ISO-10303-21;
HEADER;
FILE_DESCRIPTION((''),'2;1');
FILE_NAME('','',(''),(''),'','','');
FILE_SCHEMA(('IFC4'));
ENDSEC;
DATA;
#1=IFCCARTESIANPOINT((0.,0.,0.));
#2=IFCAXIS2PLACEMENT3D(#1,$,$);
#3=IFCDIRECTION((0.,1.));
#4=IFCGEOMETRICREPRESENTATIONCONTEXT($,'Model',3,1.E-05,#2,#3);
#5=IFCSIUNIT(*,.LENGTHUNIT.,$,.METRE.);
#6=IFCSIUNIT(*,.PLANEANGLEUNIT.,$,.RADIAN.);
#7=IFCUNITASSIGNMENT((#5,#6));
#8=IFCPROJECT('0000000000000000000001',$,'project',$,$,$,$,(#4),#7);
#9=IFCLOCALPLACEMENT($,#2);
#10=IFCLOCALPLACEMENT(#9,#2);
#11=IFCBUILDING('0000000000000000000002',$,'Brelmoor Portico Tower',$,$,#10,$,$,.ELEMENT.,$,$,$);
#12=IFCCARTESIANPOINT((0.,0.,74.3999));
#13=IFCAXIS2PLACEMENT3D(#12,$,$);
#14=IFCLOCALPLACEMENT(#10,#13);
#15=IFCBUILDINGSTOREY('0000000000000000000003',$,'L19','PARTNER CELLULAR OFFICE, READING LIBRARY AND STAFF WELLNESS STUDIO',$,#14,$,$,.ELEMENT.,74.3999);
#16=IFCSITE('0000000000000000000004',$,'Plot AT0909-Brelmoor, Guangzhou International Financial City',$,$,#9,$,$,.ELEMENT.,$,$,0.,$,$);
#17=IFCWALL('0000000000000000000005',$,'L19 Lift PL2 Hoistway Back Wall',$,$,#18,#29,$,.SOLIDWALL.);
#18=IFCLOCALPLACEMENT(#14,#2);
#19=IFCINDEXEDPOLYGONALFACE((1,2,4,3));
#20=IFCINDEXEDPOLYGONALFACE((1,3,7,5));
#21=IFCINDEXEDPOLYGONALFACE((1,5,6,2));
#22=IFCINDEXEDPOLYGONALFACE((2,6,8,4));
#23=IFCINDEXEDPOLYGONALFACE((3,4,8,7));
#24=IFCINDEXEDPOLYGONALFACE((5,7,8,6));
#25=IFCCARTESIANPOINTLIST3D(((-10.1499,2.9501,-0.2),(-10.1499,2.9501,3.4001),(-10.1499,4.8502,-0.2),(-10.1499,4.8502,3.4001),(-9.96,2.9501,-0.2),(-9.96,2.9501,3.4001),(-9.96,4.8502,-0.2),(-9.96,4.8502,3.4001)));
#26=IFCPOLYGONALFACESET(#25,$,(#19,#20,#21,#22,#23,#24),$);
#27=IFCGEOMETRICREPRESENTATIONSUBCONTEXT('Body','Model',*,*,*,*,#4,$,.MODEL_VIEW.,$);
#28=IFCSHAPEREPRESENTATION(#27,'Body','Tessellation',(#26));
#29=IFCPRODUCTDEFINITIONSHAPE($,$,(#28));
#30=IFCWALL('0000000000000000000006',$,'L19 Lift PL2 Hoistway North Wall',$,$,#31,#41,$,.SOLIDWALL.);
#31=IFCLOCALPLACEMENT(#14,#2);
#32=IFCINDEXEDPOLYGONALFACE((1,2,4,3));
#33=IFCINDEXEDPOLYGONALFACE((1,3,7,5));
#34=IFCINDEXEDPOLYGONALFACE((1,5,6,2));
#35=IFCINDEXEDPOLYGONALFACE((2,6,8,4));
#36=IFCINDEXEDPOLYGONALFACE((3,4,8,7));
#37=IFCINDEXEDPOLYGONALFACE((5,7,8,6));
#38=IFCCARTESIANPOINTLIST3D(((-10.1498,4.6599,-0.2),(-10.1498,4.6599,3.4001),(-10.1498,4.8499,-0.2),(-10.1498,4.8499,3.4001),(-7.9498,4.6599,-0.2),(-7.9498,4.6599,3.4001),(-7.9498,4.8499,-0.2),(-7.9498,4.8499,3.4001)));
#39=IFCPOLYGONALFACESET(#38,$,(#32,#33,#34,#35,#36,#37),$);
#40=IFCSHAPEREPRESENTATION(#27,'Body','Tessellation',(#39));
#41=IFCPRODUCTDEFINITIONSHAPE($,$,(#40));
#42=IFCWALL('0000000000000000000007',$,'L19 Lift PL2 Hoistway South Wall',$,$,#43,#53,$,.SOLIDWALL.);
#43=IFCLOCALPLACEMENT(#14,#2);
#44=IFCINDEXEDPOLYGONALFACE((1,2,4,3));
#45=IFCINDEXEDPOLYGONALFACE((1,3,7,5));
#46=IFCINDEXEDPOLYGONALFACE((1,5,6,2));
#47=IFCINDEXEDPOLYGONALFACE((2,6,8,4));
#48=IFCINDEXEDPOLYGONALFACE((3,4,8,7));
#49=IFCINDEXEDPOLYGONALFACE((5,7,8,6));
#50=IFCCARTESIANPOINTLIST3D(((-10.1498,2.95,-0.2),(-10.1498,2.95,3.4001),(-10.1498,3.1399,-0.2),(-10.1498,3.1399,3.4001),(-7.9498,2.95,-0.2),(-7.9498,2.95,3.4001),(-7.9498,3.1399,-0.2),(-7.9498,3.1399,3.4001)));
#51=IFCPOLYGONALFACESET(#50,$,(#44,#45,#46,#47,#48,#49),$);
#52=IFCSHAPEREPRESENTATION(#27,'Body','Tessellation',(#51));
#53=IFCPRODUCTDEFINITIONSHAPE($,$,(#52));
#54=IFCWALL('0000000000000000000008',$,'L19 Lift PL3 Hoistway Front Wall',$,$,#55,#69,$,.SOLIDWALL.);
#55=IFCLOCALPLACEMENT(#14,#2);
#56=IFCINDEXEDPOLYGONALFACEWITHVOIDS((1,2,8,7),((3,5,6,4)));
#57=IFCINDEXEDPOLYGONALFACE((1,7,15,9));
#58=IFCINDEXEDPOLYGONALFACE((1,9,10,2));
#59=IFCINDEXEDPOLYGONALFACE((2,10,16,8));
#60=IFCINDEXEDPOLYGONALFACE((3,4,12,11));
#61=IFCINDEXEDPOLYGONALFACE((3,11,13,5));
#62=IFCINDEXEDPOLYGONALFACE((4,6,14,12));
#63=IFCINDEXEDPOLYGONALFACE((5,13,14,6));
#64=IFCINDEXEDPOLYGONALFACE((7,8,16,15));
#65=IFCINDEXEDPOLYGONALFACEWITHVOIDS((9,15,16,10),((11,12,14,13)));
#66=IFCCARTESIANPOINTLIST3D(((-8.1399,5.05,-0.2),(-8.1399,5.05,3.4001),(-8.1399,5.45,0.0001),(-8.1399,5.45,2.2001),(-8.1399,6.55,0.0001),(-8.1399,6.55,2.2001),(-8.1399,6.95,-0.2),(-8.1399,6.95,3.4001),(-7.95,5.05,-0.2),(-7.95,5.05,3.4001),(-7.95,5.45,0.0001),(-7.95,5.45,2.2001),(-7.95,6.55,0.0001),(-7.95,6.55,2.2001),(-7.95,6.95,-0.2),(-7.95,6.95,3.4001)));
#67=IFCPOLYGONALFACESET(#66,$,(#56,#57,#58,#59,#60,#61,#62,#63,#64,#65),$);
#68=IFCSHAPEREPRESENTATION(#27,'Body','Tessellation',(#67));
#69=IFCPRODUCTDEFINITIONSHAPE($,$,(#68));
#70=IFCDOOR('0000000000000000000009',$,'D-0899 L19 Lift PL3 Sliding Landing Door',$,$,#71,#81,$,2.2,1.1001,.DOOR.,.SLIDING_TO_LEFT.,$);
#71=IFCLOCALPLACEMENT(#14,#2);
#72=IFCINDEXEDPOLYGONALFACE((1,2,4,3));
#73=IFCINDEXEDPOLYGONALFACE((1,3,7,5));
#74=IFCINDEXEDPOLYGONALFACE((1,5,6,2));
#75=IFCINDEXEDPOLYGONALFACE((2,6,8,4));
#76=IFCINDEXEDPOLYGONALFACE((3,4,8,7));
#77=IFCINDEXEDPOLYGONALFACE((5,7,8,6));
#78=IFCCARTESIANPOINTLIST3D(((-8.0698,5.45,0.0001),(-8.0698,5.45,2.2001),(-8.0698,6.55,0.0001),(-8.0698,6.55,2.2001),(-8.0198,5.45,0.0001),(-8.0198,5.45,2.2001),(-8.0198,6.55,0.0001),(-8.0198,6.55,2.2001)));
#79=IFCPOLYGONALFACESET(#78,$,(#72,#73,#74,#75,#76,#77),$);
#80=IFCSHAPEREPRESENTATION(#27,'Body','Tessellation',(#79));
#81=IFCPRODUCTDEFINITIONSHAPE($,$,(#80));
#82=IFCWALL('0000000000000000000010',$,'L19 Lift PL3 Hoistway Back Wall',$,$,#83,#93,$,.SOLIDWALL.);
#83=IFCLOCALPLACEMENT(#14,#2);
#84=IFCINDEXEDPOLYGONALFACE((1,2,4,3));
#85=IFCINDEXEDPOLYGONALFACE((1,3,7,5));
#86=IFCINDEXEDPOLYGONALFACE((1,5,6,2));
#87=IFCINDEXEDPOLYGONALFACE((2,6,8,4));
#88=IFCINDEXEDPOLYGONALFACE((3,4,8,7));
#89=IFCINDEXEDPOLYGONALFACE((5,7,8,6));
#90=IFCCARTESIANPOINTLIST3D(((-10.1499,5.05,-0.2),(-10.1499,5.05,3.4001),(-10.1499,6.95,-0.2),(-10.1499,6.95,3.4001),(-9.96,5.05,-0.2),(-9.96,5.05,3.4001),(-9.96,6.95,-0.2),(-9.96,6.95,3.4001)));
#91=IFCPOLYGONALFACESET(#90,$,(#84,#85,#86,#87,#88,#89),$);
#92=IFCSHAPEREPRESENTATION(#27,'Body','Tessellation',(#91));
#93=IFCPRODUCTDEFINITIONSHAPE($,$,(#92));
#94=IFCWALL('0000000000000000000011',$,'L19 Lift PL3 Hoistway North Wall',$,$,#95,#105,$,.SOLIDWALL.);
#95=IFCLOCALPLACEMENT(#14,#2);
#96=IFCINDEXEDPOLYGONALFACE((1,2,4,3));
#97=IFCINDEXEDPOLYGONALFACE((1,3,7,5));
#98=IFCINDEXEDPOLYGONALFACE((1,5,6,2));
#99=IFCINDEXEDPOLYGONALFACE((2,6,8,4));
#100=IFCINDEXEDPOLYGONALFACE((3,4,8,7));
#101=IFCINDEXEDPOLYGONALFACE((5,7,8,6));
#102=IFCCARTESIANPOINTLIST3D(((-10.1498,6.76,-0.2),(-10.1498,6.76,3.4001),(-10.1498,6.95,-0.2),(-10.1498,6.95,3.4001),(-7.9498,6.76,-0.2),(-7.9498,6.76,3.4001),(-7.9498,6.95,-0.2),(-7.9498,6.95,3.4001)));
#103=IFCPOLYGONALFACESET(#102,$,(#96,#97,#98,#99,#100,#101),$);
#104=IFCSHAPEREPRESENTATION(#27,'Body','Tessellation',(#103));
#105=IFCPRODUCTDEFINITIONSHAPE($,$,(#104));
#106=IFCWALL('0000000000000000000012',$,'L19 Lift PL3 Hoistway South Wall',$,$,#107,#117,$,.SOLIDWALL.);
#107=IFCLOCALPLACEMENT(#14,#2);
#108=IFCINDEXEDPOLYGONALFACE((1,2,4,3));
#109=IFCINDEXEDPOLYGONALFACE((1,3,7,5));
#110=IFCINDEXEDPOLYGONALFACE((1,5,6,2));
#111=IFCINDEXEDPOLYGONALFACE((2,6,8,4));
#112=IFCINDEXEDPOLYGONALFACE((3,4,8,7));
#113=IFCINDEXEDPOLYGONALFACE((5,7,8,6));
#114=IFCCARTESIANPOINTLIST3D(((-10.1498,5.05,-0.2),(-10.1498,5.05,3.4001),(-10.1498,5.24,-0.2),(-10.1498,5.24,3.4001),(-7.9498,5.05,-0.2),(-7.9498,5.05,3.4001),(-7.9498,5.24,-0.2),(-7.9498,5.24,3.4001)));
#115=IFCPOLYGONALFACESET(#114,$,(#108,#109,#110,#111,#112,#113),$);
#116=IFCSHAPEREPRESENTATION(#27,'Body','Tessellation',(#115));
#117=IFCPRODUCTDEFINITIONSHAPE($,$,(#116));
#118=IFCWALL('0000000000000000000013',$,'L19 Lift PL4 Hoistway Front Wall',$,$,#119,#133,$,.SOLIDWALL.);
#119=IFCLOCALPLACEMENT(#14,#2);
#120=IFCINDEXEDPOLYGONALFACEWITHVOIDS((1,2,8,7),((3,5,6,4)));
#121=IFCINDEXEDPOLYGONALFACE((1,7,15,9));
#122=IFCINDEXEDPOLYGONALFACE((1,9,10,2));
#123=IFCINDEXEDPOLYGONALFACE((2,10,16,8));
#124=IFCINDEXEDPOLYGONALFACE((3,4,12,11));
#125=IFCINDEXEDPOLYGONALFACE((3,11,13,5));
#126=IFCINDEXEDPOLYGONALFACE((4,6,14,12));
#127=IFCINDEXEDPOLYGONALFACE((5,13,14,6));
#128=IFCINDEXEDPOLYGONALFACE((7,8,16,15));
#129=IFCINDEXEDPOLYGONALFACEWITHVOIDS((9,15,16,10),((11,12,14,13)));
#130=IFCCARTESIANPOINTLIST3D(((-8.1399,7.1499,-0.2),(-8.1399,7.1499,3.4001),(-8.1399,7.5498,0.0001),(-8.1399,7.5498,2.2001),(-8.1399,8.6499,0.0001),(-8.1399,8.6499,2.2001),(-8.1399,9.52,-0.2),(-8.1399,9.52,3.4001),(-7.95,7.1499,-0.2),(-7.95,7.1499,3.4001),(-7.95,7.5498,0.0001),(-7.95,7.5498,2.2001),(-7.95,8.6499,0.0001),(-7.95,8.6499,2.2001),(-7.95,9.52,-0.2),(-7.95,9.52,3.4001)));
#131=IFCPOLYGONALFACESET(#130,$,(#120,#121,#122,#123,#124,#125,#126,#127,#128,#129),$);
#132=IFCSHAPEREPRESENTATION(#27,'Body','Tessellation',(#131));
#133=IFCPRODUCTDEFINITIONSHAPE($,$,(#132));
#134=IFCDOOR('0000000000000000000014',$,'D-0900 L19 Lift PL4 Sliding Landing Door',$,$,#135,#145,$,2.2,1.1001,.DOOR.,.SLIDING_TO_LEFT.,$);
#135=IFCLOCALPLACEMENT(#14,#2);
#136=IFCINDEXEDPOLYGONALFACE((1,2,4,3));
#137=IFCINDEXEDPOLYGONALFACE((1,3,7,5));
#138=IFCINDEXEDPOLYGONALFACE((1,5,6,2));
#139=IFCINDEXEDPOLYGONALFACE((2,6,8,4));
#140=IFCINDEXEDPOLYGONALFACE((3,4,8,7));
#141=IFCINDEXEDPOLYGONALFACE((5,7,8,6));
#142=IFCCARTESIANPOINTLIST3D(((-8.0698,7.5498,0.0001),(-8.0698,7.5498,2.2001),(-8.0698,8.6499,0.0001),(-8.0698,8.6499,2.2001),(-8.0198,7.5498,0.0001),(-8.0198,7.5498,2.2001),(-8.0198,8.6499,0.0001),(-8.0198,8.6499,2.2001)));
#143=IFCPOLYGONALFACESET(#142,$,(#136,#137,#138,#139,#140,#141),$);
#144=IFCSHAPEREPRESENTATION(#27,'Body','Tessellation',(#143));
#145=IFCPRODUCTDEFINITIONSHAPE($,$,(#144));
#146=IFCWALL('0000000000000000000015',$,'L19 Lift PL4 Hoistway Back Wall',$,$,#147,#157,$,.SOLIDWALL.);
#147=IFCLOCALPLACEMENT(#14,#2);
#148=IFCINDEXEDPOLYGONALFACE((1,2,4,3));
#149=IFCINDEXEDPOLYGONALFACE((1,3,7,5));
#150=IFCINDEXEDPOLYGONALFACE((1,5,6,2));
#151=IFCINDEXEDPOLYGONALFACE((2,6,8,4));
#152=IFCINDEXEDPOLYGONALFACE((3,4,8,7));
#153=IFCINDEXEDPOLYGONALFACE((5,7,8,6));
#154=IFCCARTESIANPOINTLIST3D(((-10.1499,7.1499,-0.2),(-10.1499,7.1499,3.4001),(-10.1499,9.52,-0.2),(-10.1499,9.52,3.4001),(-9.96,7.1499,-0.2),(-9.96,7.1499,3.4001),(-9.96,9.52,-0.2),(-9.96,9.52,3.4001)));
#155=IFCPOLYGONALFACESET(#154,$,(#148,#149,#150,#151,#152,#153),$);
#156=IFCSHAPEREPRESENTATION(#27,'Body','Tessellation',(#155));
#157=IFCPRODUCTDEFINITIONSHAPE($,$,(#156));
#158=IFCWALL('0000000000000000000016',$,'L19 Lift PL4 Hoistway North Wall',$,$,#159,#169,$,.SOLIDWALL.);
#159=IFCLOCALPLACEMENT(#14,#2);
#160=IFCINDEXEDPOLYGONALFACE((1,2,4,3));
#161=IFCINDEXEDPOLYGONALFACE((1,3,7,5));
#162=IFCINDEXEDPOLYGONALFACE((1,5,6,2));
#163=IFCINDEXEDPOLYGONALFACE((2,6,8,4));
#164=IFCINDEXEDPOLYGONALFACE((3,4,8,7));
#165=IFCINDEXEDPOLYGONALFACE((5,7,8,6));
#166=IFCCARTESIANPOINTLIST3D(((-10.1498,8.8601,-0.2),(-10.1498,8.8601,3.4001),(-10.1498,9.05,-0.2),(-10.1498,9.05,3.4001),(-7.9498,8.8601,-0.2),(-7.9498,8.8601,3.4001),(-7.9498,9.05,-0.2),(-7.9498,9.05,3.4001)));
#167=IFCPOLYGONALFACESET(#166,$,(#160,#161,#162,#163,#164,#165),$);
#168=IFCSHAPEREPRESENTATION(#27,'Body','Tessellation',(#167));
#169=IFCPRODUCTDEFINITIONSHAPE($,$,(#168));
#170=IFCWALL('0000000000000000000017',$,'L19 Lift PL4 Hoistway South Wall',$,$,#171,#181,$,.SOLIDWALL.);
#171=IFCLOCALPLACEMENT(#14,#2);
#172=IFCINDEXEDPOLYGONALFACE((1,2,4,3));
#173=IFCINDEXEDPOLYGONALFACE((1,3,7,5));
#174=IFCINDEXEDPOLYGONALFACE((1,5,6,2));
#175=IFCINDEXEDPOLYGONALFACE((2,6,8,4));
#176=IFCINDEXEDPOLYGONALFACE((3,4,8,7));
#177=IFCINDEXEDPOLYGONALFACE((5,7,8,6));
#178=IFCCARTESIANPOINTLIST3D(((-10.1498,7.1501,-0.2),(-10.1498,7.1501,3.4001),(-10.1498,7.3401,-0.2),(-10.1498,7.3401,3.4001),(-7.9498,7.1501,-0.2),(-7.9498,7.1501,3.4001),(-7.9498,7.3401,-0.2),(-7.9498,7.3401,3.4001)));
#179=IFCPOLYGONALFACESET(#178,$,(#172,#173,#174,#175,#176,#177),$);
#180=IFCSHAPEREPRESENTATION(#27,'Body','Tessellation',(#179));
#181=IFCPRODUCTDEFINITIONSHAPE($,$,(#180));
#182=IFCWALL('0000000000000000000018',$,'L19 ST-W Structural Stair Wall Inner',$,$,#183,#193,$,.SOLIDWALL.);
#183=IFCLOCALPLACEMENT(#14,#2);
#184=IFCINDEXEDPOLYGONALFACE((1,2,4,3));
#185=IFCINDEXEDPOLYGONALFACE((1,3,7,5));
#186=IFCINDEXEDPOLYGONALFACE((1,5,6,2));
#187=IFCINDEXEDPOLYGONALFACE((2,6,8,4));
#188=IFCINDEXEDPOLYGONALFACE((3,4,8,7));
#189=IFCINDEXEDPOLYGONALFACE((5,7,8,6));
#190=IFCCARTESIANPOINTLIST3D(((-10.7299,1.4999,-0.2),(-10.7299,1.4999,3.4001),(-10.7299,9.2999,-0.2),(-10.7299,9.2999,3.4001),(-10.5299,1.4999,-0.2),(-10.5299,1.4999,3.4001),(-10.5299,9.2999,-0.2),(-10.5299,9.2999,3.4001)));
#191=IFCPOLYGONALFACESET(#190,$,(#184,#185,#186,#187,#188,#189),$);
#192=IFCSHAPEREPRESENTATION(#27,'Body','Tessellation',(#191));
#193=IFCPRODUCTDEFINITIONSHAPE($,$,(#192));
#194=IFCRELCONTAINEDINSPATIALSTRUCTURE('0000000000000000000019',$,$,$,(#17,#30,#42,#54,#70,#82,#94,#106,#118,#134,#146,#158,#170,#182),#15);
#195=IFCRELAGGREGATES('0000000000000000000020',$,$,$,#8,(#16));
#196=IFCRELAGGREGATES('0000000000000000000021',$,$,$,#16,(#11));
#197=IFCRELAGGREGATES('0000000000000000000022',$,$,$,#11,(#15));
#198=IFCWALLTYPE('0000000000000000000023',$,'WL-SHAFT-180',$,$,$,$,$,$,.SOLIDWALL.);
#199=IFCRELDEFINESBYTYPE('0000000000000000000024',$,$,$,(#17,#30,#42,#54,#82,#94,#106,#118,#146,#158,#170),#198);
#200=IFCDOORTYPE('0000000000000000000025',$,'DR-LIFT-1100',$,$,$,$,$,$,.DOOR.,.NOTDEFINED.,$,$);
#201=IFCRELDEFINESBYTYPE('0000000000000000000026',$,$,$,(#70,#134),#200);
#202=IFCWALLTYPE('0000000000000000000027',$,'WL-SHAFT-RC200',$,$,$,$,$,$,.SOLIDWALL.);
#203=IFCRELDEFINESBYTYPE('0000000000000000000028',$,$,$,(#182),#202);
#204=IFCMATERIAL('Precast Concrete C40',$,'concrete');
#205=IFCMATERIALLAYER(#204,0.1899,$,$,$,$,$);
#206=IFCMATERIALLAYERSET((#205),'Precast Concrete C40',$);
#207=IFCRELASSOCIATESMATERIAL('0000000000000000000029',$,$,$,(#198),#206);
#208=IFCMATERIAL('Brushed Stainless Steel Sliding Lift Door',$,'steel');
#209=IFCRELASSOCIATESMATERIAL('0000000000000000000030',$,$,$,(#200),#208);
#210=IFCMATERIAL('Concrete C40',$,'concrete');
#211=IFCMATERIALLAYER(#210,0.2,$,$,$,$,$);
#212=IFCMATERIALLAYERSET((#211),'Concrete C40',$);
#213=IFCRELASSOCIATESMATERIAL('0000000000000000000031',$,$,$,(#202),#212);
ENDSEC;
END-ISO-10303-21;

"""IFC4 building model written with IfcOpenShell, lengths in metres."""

from ifc_helpers import new_model, si_unit, direction, frame, frame_2d, origin, place, context, subcontext, project, spatial, rectangle, extrude, material, layer, layer_set, type_object, element, fill, save


model = new_model("IFC4")

# Units and contexts
model_context = context("Model", 3, precision=1e-05, world=origin(), true_north=direction((0.0, 1.0)))
body_context = subcontext(model_context, "Body", "Model", "MODEL_VIEW")
ifc_project = project(units=[si_unit("LENGTHUNIT", "METRE"), si_unit("PLANEANGLEUNIT", "RADIAN")], contexts=[model_context])

# Site, building, storey
site_placement = place(None, origin())
site = spatial("IfcSite", under=ifc_project, at=site_placement, Name="Plot AT0909-Brelmoor, Guangzhou International Financial City", CompositionType="ELEMENT", RefElevation=0.0)
building_placement = place(site_placement, origin())
building = spatial("IfcBuilding", under=site, at=building_placement, Name="Brelmoor Portico Tower", CompositionType="ELEMENT")
storey_placement = place(building_placement, frame((0.0, 0.0, 74.3999)))
storey = spatial("IfcBuildingStorey", under=building, at=storey_placement, Name="L19", Description="PARTNER CELLULAR OFFICE, READING LIBRARY AND STAFF WELLNESS STUDIO", CompositionType="ELEMENT", Elevation=74.3999)

# Shared definitions
ifc_material_1 = material(Name="Precast Concrete C40", Category="concrete")
ifc_layer_1 = layer(ifc_material_1, 0.1899)
ifc_layer_set_1 = layer_set([ifc_layer_1], Name="Precast Concrete C40")
wall_type_1 = type_object("IfcWallType", Name="WL-SHAFT-180", PredefinedType="SOLIDWALL", material=ifc_layer_set_1)
ifc_material_2 = material(Name="Brushed Stainless Steel Sliding Lift Door", Category="steel")
door_type_1 = type_object("IfcDoorType", Name="DR-LIFT-1100", OperationType="NOTDEFINED", PredefinedType="DOOR", material=ifc_material_2)

# Walls
wall_1_placement = place(storey_placement, frame((-10.0549, 2.95, -0.2), z_axis=(0.0, 0.0, 1.0), x_axis=(0.0, 1.0, 0.0)))
element("IfcWall", 1, at=wall_1_placement, inside=storey, type_object=wall_type_1, Name="L19 Lift PL2 Hoistway Back Wall", PredefinedType="SOLIDWALL", context=body_context, shape_type="SweptSolid", body=[
    extrude(rectangle(XDim=1.9001, YDim=0.1899, at=frame_2d((0.9502, 0.0))), origin(), (0.0, 0.0, 1.0), 3.6001),
])
for number, where, z_axis, x_axis, name in (
    (2, (-10.1499, 4.7549, -0.2), (0.0, 0.0, 1.0), (1.0, 0.0, 0.0), "L19 Lift PL2 Hoistway North Wall"),
    (3, (-10.1499, 3.0449, -0.2), (0.0, 0.0, 1.0), (1.0, 0.0, 0.0), "L19 Lift PL2 Hoistway South Wall"),
):
    element("IfcWall", number, at=place(storey_placement, frame(where, z_axis=z_axis, x_axis=x_axis)), inside=storey, type_object=wall_type_1, Name=name, PredefinedType="SOLIDWALL", context=body_context, shape_type="SweptSolid", body=[
        extrude(rectangle(XDim=2.2, YDim=0.1899, at=frame_2d((1.1001, 0.0))), origin(), (0.0, 0.0, 1.0), 3.6001),
    ])

# Wall, opening, door
wall_2_placement = place(storey_placement, frame((-8.0449, 5.05, -0.2), z_axis=(0.0, 0.0, 1.0), x_axis=(0.0, 1.0, 0.0)))
wall_2 = element("IfcWall", 4, at=wall_2_placement, inside=storey, type_object=wall_type_1, Name="L19 Lift PL3 Hoistway Front Wall", PredefinedType="SOLIDWALL", context=body_context, shape_type="SweptSolid", body=[
    extrude(rectangle(XDim=1.8999, YDim=0.1899, at=frame_2d((0.95, 0.0))), origin(), (0.0, 0.0, 1.0), 3.6001),
])
opening_1_placement = place(wall_2_placement, frame((0.3999, 0.0, 0.2)))
opening_1 = element("IfcOpeningElement", 5, at=opening_1_placement, cuts=wall_2, PredefinedType="OPENING", context=body_context, shape_type="SweptSolid", body=[
    extrude(rectangle(XDim=1.1001, YDim=2.2, at=frame_2d((0.55, 1.1001))), frame((0.0, 0.105, 0.0), z_axis=(0.0, -1.0, 0.0), x_axis=(1.0, 0.0, 0.0)), (0.0, 0.0, 1.0), 0.21),
])
door_1_placement = place(opening_1_placement, origin())
door_1 = element("IfcDoor", 6, at=door_1_placement, inside=storey, type_object=door_type_1, Name="D-0899 L19 Lift PL3 Sliding Landing Door", OperationType="SLIDING_TO_LEFT", OverallHeight=2.2, OverallWidth=1.1001, PredefinedType="DOOR", context=body_context, shape_type="SweptSolid", body=[
    extrude(rectangle(XDim=1.1001, YDim=2.2, at=frame_2d((0.55, 1.1001))), frame((0.0, 0.0249, 0.0), z_axis=(0.0, -1.0, 0.0), x_axis=(1.0, 0.0, 0.0)), (0.0, 0.0, 1.0), 0.05),
])
fill(opening_1, door_1)

# Walls
wall_3_placement = place(storey_placement, frame((-10.0549, 5.05, -0.2), z_axis=(0.0, 0.0, 1.0), x_axis=(0.0, 1.0, 0.0)))
element("IfcWall", 7, at=wall_3_placement, inside=storey, type_object=wall_type_1, Name="L19 Lift PL3 Hoistway Back Wall", PredefinedType="SOLIDWALL", context=body_context, shape_type="SweptSolid", body=[
    extrude(rectangle(XDim=1.8999, YDim=0.1899, at=frame_2d((0.95, 0.0))), origin(), (0.0, 0.0, 1.0), 3.6001),
])
for number, where, z_axis, x_axis, name in (
    (8, (-10.1499, 6.855, -0.2), (0.0, 0.0, 1.0), (1.0, 0.0, 0.0), "L19 Lift PL3 Hoistway North Wall"),
    (9, (-10.1499, 5.145, -0.2), (0.0, 0.0, 1.0), (1.0, 0.0, 0.0), "L19 Lift PL3 Hoistway South Wall"),
):
    element("IfcWall", number, at=place(storey_placement, frame(where, z_axis=z_axis, x_axis=x_axis)), inside=storey, type_object=wall_type_1, Name=name, PredefinedType="SOLIDWALL", context=body_context, shape_type="SweptSolid", body=[
        extrude(rectangle(XDim=2.2, YDim=0.1899, at=frame_2d((1.1001, 0.0))), origin(), (0.0, 0.0, 1.0), 3.6001),
    ])

# Wall, opening, door
wall_4_placement = place(storey_placement, frame((-8.0449, 7.1499, -0.2), z_axis=(0.0, 0.0, 1.0), x_axis=(0.0, 1.0, 0.0)))
wall_4 = element("IfcWall", 10, at=wall_4_placement, inside=storey, type_object=wall_type_1, Name="L19 Lift PL4 Hoistway Front Wall", PredefinedType="SOLIDWALL", context=body_context, shape_type="SweptSolid", body=[
    extrude(rectangle(XDim=2.3701, YDim=0.1899, at=frame_2d((1.1851, 0.0))), origin(), (0.0, 0.0, 1.0), 3.6001),
])
opening_2_placement = place(wall_4_placement, frame((0.3999, 0.0, 0.2)))
opening_2 = element("IfcOpeningElement", 11, at=opening_2_placement, cuts=wall_4, PredefinedType="OPENING", context=body_context, shape_type="SweptSolid", body=[
    extrude(rectangle(XDim=1.1001, YDim=2.2, at=frame_2d((0.55, 1.1001))), frame((0.0, 0.105, 0.0), z_axis=(0.0, -1.0, 0.0), x_axis=(1.0, 0.0, 0.0)), (0.0, 0.0, 1.0), 0.21),
])
door_2_placement = place(opening_2_placement, origin())
door_2 = element("IfcDoor", 12, at=door_2_placement, inside=storey, type_object=door_type_1, Name="D-0900 L19 Lift PL4 Sliding Landing Door", OperationType="SLIDING_TO_LEFT", OverallHeight=2.2, OverallWidth=1.1001, PredefinedType="DOOR", context=body_context, shape_type="SweptSolid", body=[
    extrude(rectangle(XDim=1.1001, YDim=2.2, at=frame_2d((0.55, 1.1001))), frame((0.0, 0.0249, 0.0), z_axis=(0.0, -1.0, 0.0), x_axis=(1.0, 0.0, 0.0)), (0.0, 0.0, 1.0), 0.05),
])
fill(opening_2, door_2)

# Walls
wall_5_placement = place(storey_placement, frame((-10.0549, 7.1499, -0.2), z_axis=(0.0, 0.0, 1.0), x_axis=(0.0, 1.0, 0.0)))
element("IfcWall", 13, at=wall_5_placement, inside=storey, type_object=wall_type_1, Name="L19 Lift PL4 Hoistway Back Wall", PredefinedType="SOLIDWALL", context=body_context, shape_type="SweptSolid", body=[
    extrude(rectangle(XDim=2.3701, YDim=0.1899, at=frame_2d((1.1851, 0.0))), origin(), (0.0, 0.0, 1.0), 3.6001),
])
for number, where, z_axis, x_axis, name in (
    (14, (-10.1499, 8.9551, -0.2), (0.0, 0.0, 1.0), (1.0, 0.0, 0.0), "L19 Lift PL4 Hoistway North Wall"),
    (15, (-10.1499, 7.2451, -0.2), (0.0, 0.0, 1.0), (1.0, 0.0, 0.0), "L19 Lift PL4 Hoistway South Wall"),
):
    element("IfcWall", number, at=place(storey_placement, frame(where, z_axis=z_axis, x_axis=x_axis)), inside=storey, type_object=wall_type_1, Name=name, PredefinedType="SOLIDWALL", context=body_context, shape_type="SweptSolid", body=[
        extrude(rectangle(XDim=2.2, YDim=0.1899, at=frame_2d((1.1001, 0.0))), origin(), (0.0, 0.0, 1.0), 3.6001),
    ])
ifc_material_3 = material(Name="Concrete C40", Category="concrete")
ifc_layer_2 = layer(ifc_material_3, 0.2)
ifc_layer_set_2 = layer_set([ifc_layer_2], Name="Concrete C40")
wall_type_2 = type_object("IfcWallType", Name="WL-SHAFT-RC200", PredefinedType="SOLIDWALL", material=ifc_layer_set_2)
wall_6_placement = place(storey_placement, frame((-10.6299, 1.5, -0.2), z_axis=(0.0, 0.0, 1.0), x_axis=(0.0, 1.0, 0.0)))
element("IfcWall", 16, at=wall_6_placement, inside=storey, type_object=wall_type_2, Name="L19 ST-W Structural Stair Wall Inner", PredefinedType="SOLIDWALL", context=body_context, shape_type="SweptSolid", body=[
    extrude(rectangle(XDim=7.8, YDim=0.2, at=frame_2d((3.8999, 0.0))), origin(), (0.0, 0.0, 1.0), 3.6001),
])

save(model, "model.ifc")
